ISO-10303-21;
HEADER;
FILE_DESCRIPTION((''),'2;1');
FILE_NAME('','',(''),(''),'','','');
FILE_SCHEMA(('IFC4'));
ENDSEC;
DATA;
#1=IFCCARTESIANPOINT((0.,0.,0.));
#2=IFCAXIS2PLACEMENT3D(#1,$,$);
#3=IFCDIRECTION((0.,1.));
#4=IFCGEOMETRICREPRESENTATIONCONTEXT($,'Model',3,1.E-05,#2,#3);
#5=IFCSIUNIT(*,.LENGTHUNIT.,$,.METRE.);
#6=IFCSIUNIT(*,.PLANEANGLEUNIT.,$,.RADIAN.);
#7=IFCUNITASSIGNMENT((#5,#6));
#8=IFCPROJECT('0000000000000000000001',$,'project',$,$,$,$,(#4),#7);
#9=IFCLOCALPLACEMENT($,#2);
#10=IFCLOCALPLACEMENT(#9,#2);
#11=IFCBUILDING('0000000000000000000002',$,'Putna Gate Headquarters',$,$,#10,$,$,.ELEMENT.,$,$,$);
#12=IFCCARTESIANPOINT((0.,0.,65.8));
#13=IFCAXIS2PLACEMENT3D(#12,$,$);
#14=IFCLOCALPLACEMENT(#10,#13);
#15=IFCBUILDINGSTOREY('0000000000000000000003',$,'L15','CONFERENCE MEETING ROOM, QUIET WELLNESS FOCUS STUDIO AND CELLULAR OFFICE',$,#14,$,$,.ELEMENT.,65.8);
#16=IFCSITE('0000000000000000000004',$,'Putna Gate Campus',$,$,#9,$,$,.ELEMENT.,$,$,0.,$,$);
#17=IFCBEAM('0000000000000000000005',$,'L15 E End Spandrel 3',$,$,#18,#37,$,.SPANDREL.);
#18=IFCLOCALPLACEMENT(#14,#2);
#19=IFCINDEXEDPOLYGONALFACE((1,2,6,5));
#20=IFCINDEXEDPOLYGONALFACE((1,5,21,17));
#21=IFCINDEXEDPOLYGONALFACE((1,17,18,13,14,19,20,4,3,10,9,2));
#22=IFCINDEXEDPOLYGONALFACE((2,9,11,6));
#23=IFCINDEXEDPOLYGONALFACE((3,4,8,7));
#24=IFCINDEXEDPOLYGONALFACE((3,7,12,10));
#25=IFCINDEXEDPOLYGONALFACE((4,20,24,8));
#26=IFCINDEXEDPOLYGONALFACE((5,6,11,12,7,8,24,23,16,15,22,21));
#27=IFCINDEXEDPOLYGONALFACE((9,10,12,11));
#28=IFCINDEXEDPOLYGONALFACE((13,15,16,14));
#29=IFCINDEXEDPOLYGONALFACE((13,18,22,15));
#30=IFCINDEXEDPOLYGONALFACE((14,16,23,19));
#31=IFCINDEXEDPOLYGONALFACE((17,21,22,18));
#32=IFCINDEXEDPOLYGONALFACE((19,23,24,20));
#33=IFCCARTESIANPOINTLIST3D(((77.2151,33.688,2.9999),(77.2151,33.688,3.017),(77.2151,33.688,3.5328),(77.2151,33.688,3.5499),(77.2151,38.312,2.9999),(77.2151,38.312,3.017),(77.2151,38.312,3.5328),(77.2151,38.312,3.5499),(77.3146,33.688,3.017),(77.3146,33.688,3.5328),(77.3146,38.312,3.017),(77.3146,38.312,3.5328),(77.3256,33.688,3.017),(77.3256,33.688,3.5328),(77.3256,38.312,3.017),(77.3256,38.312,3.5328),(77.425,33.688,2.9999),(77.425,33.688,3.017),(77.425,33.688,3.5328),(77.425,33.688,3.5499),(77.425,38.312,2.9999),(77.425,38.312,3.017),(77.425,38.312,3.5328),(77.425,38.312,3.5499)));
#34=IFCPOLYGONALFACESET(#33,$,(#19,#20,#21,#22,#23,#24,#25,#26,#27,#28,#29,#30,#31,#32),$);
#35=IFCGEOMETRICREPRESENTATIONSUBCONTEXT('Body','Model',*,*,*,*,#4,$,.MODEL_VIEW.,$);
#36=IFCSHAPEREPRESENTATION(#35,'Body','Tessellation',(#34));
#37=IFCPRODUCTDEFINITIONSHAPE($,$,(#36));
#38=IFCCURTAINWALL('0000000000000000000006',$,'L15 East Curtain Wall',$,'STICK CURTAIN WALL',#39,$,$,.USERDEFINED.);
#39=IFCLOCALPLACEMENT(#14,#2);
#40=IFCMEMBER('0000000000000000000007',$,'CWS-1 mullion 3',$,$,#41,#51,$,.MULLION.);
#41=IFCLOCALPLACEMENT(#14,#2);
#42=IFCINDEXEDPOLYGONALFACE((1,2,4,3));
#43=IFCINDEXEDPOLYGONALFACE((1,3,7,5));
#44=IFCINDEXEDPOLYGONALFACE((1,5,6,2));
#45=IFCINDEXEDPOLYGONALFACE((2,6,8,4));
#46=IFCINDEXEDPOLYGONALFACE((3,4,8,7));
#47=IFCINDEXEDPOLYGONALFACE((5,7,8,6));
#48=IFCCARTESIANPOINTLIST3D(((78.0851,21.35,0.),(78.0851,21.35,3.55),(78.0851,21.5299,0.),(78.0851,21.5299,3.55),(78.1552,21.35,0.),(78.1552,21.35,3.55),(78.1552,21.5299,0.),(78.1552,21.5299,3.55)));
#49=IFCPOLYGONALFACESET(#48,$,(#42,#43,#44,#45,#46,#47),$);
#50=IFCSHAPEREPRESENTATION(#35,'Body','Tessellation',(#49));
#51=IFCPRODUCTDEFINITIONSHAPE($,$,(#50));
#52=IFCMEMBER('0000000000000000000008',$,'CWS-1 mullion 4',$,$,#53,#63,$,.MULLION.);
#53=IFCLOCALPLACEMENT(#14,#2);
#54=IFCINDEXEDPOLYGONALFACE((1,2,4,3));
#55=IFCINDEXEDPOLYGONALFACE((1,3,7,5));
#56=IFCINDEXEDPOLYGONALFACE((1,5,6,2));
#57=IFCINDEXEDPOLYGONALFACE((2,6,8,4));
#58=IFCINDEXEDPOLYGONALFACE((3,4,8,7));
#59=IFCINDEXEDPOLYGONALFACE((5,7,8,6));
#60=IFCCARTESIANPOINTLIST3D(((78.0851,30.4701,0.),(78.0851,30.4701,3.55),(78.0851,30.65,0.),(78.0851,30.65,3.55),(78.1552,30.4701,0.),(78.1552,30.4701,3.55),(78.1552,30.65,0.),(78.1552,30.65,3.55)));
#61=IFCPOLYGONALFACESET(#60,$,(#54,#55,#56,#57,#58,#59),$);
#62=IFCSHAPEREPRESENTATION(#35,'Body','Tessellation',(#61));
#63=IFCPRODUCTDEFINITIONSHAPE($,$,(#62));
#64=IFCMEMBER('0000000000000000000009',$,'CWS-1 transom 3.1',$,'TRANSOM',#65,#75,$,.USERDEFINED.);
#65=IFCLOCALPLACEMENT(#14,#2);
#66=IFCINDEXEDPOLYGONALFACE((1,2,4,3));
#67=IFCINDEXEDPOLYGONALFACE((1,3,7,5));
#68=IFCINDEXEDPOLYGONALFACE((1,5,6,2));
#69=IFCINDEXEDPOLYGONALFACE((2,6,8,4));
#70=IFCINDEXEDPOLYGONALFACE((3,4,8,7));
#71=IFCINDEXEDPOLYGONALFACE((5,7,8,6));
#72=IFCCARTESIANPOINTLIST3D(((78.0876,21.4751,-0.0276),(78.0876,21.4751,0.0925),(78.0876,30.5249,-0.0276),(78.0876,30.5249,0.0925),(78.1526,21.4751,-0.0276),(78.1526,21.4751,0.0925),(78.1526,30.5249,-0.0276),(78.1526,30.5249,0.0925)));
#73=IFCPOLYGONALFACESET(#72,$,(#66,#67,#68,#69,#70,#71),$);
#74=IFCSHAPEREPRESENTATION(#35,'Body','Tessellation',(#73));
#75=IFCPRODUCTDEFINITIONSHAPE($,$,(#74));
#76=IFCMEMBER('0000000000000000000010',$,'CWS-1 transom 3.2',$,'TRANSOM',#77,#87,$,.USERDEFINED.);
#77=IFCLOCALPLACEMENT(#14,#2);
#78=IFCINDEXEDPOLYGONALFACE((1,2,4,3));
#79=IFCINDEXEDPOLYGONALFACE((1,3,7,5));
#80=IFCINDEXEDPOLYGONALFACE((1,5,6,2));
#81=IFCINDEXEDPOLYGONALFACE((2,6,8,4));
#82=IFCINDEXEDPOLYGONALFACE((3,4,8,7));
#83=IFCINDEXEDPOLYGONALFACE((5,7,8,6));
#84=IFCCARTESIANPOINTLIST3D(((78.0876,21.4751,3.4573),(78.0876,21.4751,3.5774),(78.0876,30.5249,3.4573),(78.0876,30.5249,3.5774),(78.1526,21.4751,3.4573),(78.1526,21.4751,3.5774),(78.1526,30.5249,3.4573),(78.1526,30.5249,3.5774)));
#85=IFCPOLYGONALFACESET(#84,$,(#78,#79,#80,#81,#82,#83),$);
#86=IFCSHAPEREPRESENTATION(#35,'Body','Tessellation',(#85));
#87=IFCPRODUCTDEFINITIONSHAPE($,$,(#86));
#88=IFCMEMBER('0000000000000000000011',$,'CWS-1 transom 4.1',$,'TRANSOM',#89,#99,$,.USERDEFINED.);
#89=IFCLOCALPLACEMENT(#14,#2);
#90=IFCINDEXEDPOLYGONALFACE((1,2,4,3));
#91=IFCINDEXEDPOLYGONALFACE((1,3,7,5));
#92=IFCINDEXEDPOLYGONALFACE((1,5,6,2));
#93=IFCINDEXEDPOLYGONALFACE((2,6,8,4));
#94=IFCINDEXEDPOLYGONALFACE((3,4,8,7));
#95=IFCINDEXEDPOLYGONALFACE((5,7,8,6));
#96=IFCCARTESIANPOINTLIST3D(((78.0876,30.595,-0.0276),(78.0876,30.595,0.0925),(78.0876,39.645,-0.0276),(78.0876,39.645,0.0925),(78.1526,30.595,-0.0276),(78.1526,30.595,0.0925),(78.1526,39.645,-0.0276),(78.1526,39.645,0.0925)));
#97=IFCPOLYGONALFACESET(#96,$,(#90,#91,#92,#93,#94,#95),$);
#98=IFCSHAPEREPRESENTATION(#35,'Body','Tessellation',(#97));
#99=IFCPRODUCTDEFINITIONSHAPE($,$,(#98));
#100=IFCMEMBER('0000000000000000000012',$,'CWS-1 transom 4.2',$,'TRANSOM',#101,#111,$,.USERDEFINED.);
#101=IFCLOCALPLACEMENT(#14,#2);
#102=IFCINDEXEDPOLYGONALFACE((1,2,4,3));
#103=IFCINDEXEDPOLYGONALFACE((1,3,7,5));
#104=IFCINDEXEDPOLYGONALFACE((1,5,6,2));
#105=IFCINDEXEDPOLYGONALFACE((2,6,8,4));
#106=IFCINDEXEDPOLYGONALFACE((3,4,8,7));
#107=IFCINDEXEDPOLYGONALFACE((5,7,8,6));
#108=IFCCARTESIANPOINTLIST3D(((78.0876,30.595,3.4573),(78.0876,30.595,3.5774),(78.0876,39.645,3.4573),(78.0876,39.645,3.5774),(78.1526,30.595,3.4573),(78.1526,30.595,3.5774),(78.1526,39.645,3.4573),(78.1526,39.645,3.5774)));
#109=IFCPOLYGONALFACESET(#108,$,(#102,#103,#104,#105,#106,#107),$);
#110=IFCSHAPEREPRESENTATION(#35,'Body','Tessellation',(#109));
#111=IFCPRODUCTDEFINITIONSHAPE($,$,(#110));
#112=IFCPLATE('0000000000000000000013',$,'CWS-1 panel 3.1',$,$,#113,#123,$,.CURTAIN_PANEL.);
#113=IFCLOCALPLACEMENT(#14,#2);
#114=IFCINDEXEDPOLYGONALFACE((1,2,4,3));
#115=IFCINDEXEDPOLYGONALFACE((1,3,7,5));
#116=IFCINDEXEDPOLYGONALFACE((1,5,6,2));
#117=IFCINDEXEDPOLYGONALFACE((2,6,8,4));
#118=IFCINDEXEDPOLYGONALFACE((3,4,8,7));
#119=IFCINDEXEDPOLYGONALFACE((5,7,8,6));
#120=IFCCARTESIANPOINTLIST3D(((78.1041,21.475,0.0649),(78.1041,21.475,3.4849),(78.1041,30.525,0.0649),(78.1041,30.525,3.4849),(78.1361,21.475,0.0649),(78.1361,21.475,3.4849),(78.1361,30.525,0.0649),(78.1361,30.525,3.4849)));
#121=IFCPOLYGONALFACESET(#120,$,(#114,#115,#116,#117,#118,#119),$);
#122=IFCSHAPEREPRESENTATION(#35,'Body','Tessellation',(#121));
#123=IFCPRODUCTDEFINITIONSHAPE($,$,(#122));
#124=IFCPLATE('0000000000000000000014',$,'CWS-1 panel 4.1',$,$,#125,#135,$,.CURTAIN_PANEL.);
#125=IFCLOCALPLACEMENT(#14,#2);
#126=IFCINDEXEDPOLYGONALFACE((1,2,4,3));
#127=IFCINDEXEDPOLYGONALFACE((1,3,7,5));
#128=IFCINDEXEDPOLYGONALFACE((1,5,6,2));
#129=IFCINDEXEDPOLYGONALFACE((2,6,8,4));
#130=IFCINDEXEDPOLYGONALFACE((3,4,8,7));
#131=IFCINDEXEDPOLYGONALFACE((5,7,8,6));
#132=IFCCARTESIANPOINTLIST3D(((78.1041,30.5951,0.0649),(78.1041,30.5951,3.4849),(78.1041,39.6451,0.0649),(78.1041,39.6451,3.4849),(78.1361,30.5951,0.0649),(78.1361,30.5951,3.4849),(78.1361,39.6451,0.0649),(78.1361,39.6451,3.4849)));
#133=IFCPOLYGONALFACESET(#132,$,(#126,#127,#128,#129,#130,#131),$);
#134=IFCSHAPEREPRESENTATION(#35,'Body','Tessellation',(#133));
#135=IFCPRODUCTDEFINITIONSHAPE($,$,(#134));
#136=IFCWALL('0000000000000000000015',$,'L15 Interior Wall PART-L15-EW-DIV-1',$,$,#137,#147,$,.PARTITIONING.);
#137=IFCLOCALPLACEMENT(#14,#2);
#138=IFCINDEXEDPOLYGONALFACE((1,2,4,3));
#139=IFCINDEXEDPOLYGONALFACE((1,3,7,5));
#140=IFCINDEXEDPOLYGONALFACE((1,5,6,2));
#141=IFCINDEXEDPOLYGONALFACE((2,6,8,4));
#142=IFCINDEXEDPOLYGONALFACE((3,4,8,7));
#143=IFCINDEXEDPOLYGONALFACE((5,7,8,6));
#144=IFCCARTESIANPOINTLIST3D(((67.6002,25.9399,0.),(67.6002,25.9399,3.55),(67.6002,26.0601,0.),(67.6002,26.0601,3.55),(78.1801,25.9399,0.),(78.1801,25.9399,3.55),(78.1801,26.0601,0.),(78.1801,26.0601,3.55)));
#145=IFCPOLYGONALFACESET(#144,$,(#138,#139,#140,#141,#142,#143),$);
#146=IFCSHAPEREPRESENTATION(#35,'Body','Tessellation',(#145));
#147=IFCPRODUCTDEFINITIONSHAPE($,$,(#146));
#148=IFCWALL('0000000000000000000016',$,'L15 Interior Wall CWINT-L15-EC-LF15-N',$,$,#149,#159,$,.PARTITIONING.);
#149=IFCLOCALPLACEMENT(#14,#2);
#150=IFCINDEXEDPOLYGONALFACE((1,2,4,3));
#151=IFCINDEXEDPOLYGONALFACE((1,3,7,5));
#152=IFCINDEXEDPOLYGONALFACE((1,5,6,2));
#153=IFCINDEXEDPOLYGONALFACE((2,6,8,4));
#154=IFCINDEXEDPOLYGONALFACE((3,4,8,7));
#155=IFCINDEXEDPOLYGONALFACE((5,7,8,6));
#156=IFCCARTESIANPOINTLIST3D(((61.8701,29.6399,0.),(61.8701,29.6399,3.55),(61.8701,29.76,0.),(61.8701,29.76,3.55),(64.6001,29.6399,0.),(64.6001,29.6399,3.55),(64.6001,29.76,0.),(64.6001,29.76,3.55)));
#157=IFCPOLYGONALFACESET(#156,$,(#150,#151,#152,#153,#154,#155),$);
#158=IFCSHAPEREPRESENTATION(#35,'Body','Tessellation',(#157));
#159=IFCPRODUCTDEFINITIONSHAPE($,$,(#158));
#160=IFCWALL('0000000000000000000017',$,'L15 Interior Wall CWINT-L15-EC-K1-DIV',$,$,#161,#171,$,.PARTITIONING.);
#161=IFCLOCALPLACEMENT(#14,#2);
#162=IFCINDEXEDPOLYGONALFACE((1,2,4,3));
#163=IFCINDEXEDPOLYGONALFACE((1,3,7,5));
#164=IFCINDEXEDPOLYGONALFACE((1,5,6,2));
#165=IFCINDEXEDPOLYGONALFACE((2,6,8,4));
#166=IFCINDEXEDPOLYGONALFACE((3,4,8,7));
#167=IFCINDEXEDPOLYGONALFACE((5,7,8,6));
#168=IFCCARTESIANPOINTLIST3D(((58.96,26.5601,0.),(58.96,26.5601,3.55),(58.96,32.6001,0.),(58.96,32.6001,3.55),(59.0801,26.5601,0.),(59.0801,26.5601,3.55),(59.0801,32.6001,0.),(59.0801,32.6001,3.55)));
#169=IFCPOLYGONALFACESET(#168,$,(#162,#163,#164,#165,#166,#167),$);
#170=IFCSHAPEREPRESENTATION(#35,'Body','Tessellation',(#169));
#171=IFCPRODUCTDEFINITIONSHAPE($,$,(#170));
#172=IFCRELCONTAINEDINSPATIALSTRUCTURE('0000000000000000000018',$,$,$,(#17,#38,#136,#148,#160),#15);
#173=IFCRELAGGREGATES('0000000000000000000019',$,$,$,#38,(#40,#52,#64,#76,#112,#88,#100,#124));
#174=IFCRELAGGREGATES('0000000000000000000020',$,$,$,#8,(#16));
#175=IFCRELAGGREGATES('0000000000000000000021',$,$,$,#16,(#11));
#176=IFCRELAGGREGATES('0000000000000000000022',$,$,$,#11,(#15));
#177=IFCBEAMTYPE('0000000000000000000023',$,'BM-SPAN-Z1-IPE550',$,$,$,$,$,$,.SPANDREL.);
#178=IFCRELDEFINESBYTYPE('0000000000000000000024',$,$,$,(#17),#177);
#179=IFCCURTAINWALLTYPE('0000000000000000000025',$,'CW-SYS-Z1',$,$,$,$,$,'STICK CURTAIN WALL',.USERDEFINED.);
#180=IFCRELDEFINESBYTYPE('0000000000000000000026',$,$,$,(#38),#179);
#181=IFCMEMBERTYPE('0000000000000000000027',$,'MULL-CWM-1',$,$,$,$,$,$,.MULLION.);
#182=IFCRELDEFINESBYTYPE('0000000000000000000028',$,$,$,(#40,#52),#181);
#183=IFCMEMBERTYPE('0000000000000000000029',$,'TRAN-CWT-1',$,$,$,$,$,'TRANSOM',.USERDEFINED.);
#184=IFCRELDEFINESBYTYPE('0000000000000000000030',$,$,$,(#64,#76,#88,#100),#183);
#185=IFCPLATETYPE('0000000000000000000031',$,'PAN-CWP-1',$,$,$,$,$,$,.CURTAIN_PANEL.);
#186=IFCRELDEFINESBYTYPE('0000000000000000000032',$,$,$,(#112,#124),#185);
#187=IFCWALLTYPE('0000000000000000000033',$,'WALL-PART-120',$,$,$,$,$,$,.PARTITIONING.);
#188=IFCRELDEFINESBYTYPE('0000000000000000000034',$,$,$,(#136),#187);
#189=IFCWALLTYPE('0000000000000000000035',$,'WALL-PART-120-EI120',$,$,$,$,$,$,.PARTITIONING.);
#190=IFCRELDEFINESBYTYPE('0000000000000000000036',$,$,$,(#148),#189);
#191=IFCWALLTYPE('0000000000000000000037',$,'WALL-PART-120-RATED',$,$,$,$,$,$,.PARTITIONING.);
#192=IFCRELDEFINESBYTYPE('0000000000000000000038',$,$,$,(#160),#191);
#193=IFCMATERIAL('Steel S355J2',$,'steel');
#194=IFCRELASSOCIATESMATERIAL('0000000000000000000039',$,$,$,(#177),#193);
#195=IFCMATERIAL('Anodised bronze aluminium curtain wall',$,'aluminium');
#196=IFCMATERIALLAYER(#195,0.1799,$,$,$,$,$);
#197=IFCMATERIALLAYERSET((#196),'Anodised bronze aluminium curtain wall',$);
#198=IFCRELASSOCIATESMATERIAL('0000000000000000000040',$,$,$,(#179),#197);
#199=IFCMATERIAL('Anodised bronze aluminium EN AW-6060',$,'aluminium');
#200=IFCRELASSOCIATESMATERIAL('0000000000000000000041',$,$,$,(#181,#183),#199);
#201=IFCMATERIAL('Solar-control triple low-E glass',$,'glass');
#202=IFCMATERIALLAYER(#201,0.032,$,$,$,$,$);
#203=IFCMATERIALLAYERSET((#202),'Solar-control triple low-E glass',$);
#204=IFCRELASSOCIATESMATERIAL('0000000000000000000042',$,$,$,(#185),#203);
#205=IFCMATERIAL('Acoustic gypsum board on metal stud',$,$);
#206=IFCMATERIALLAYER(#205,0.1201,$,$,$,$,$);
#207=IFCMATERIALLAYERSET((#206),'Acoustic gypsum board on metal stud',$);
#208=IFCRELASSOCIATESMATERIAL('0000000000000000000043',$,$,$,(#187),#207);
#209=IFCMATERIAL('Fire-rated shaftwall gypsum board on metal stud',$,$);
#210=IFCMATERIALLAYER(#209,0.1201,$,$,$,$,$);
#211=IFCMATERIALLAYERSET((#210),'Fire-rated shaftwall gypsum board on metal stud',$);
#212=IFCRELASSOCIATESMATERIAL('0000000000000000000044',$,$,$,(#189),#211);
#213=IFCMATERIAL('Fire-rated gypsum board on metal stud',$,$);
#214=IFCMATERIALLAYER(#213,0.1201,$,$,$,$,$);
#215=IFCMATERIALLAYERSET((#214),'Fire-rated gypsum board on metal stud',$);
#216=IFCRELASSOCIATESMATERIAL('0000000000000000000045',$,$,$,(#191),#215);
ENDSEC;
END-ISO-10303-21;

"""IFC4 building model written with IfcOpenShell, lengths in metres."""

from ifc_helpers import new_model, si_unit, direction, frame, frame_2d, origin, origin_2d, place, context, subcontext, project, spatial, rectangle, i_section, extrude, material, layer, layer_set, material_profile, profile_set, type_object, element, aggregate, save


model = new_model("IFC4")

# Units and contexts
model_context = context("Model", 3, precision=1e-05, world=origin(), true_north=direction((0.0, 1.0)))
body_context = subcontext(model_context, "Body", "Model", "MODEL_VIEW")
ifc_project = project(units=[si_unit("LENGTHUNIT", "METRE"), si_unit("PLANEANGLEUNIT", "RADIAN")], contexts=[model_context])

# Site, building, storey
site_placement = place(None, origin())
site = spatial("IfcSite", under=ifc_project, at=site_placement, Name="Putna Gate Campus", CompositionType="ELEMENT", RefElevation=0.0)
building_placement = place(site_placement, origin())
building = spatial("IfcBuilding", under=site, at=building_placement, Name="Putna Gate Headquarters", CompositionType="ELEMENT")
storey_placement = place(building_placement, frame((0.0, 0.0, 65.8)))
storey = spatial("IfcBuildingStorey", under=building, at=storey_placement, Name="L15", Description="CONFERENCE MEETING ROOM, QUIET WELLNESS FOCUS STUDIO AND CELLULAR OFFICE", CompositionType="ELEMENT", Elevation=65.8)

# Beam
ifc_material_1 = material(Name="Steel S355J2", Category="steel")
ifc_material_profile_1 = material_profile(ifc_material_1, i_section(OverallWidth=0.21, OverallDepth=0.55, WebThickness=0.011, FlangeThickness=0.0171, at=origin_2d()), Name="Steel S355J2")
ifc_profile_set_1 = profile_set([ifc_material_profile_1], Name="Steel S355J2")
beam_type_1 = type_object("IfcBeamType", Name="BM-SPAN-Z1-IPE550", PredefinedType="SPANDREL", material=ifc_profile_set_1)
beam_1_placement = place(storey_placement, frame((77.3201, 33.688, 3.2749), z_axis=(0.0, 1.0, 0.0), x_axis=(-1.0, 0.0, 0.0)))
element("IfcBeam", 1, at=beam_1_placement, inside=storey, type_object=beam_type_1, Name="L15 E End Spandrel 3", PredefinedType="SPANDREL", context=body_context, shape_type="SweptSolid", body=[
    extrude(i_section(OverallWidth=0.21, OverallDepth=0.55, WebThickness=0.011, FlangeThickness=0.0171, at=origin_2d()), origin(), (0.0, 0.0, 1.0), 4.624),
])

# Curtain wall, members, plates
ifc_material_2 = material(Name="Anodised bronze aluminium curtain wall", Category="aluminium")
ifc_layer_1 = layer(ifc_material_2, 0.1799)
ifc_layer_set_1 = layer_set([ifc_layer_1], Name="Anodised bronze aluminium curtain wall")
curtain_wall_type = type_object("IfcCurtainWallType", Name="CW-SYS-Z1", ElementType="STICK CURTAIN WALL", PredefinedType="USERDEFINED", material=ifc_layer_set_1)
curtain_wall_placement = place(storey_placement, origin())
curtain_wall = element("IfcCurtainWall", 2, at=curtain_wall_placement, inside=storey, type_object=curtain_wall_type, Name="L15 East Curtain Wall", ObjectType="STICK CURTAIN WALL", PredefinedType="USERDEFINED")
ifc_material_3 = material(Name="Anodised bronze aluminium EN AW-6060", Category="aluminium")
ifc_material_profile_2 = material_profile(ifc_material_3, rectangle(XDim=0.0701, YDim=0.1799, at=origin_2d()), Name="Anodised bronze aluminium EN AW-6060")
ifc_profile_set_2 = profile_set([ifc_material_profile_2], Name="Anodised bronze aluminium EN AW-6060")
member_type_1 = type_object("IfcMemberType", Name="MULL-CWM-1", PredefinedType="MULLION", material=ifc_profile_set_2)
member_1_placement = place(storey_placement, frame((78.1201, 21.4399, 0.0), z_axis=(0.0, 0.0, 1.0), x_axis=(-1.0, 0.0, 0.0)))
member_1 = element("IfcMember", 3, at=member_1_placement, type_object=member_type_1, Name="CWS-1 mullion 3", PredefinedType="MULLION", context=body_context, shape_type="SweptSolid", body=[
    extrude(rectangle(XDim=0.0701, YDim=0.1799, at=origin_2d()), origin(), (0.0, 0.0, 1.0), 3.55),
])
member_2_placement = place(storey_placement, frame((78.1201, 30.5601, 0.0), z_axis=(0.0, 0.0, 1.0), x_axis=(-1.0, 0.0, 0.0)))
member_2 = element("IfcMember", 4, at=member_2_placement, type_object=member_type_1, Name="CWS-1 mullion 4", PredefinedType="MULLION", context=body_context, shape_type="SweptSolid", body=[
    extrude(rectangle(XDim=0.0701, YDim=0.1799, at=origin_2d()), origin(), (0.0, 0.0, 1.0), 3.55),
])
ifc_material_profile_3 = material_profile(ifc_material_3, rectangle(XDim=0.0649, YDim=0.1201, at=origin_2d()), Name="Anodised bronze aluminium EN AW-6060")
ifc_profile_set_3 = profile_set([ifc_material_profile_3], Name="Anodised bronze aluminium EN AW-6060")
member_type_2 = type_object("IfcMemberType", Name="TRAN-CWT-1", ElementType="TRANSOM", PredefinedType="USERDEFINED", material=ifc_profile_set_3)
member_3_placement = place(storey_placement, frame((78.1201, 21.4751, 0.0325), z_axis=(0.0, 1.0, 0.0), x_axis=(-1.0, 0.0, 0.0)))
member_3 = element("IfcMember", 5, at=member_3_placement, type_object=member_type_2, Name="CWS-1 transom 3.1", ObjectType="TRANSOM", PredefinedType="USERDEFINED", context=body_context, shape_type="SweptSolid", body=[
    extrude(rectangle(XDim=0.0649, YDim=0.1201, at=origin_2d()), origin(), (0.0, 0.0, 1.0), 9.0498),
])
member_4_placement = place(storey_placement, frame((78.1201, 21.4751, 3.5173), z_axis=(0.0, 1.0, 0.0), x_axis=(-1.0, 0.0, 0.0)))
member_4 = element("IfcMember", 6, at=member_4_placement, type_object=member_type_2, Name="CWS-1 transom 3.2", ObjectType="TRANSOM", PredefinedType="USERDEFINED", context=body_context, shape_type="SweptSolid", body=[
    extrude(rectangle(XDim=0.0649, YDim=0.1201, at=origin_2d()), origin(), (0.0, 0.0, 1.0), 9.0498),
])
member_5_placement = place(storey_placement, frame((78.1201, 30.595, 0.0325), z_axis=(0.0, 1.0, 0.0), x_axis=(-1.0, 0.0, 0.0)))
member_5 = element("IfcMember", 7, at=member_5_placement, type_object=member_type_2, Name="CWS-1 transom 4.1", ObjectType="TRANSOM", PredefinedType="USERDEFINED", context=body_context, shape_type="SweptSolid", body=[
    extrude(rectangle(XDim=0.0649, YDim=0.1201, at=origin_2d()), origin(), (0.0, 0.0, 1.0), 9.05),
])
member_6_placement = place(storey_placement, frame((78.1201, 30.595, 3.5173), z_axis=(0.0, 1.0, 0.0), x_axis=(-1.0, 0.0, 0.0)))
member_6 = element("IfcMember", 8, at=member_6_placement, type_object=member_type_2, Name="CWS-1 transom 4.2", ObjectType="TRANSOM", PredefinedType="USERDEFINED", context=body_context, shape_type="SweptSolid", body=[
    extrude(rectangle(XDim=0.0649, YDim=0.1201, at=origin_2d()), origin(), (0.0, 0.0, 1.0), 9.05),
])
ifc_material_4 = material(Name="Solar-control triple low-E glass", Category="glass")
ifc_layer_2 = layer(ifc_material_4, 0.032)
ifc_layer_set_2 = layer_set([ifc_layer_2], Name="Solar-control triple low-E glass")
plate_type = type_object("IfcPlateType", Name="PAN-CWP-1", PredefinedType="CURTAIN_PANEL", material=ifc_layer_set_2)
plate_1_placement = place(storey_placement, frame((78.1201, 26.0, 0.0649), z_axis=(0.0, 0.0, 1.0), x_axis=(0.0, 1.0, 0.0)))
plate_1 = element("IfcPlate", 9, at=plate_1_placement, type_object=plate_type, Name="CWS-1 panel 3.1", PredefinedType="CURTAIN_PANEL", context=body_context, shape_type="SweptSolid", body=[
    extrude(rectangle(XDim=9.05, YDim=0.032, at=origin_2d()), origin(), (0.0, 0.0, 1.0), 3.4199),
])
plate_2_placement = place(storey_placement, frame((78.1201, 35.1201, 0.0649), z_axis=(0.0, 0.0, 1.0), x_axis=(0.0, 1.0, 0.0)))
plate_2 = element("IfcPlate", 10, at=plate_2_placement, type_object=plate_type, Name="CWS-1 panel 4.1", PredefinedType="CURTAIN_PANEL", context=body_context, shape_type="SweptSolid", body=[
    extrude(rectangle(XDim=9.05, YDim=0.032, at=origin_2d()), origin(), (0.0, 0.0, 1.0), 3.4199),
])
aggregate(curtain_wall, [member_1, member_2, member_3, member_4, plate_1, member_5, member_6, plate_2])

# Walls
ifc_material_5 = material(Name="Acoustic gypsum board on metal stud")
ifc_layer_3 = layer(ifc_material_5, 0.1201)
ifc_layer_set_3 = layer_set([ifc_layer_3], Name="Acoustic gypsum board on metal stud")
wall_type_1 = type_object("IfcWallType", Name="WALL-PART-120", PredefinedType="PARTITIONING", material=ifc_layer_set_3)
wall_1_placement = place(storey_placement, frame((67.6001, 26.0, 0.0), z_axis=(0.0, 0.0, 1.0), x_axis=(1.0, 0.0, 0.0)))
element("IfcWall", 11, at=wall_1_placement, inside=storey, type_object=wall_type_1, Name="L15 Interior Wall PART-L15-EW-DIV-1", PredefinedType="PARTITIONING", context=body_context, shape_type="SweptSolid", body=[
    extrude(rectangle(XDim=10.5798, YDim=0.1201, at=frame_2d((5.29, 0.0))), origin(), (0.0, 0.0, 1.0), 3.55),
])
ifc_material_6 = material(Name="Fire-rated shaftwall gypsum board on metal stud")
ifc_layer_4 = layer(ifc_material_6, 0.1201)
ifc_layer_set_4 = layer_set([ifc_layer_4], Name="Fire-rated shaftwall gypsum board on metal stud")
wall_type_2 = type_object("IfcWallType", Name="WALL-PART-120-EI120", PredefinedType="PARTITIONING", material=ifc_layer_set_4)
wall_2_placement = place(storey_placement, frame((61.8701, 29.7, 0.0), z_axis=(0.0, 0.0, 1.0), x_axis=(1.0, 0.0, 0.0)))
element("IfcWall", 12, at=wall_2_placement, inside=storey, type_object=wall_type_2, Name="L15 Interior Wall CWINT-L15-EC-LF15-N", PredefinedType="PARTITIONING", context=body_context, shape_type="SweptSolid", body=[
    extrude(rectangle(XDim=2.73, YDim=0.1201, at=frame_2d((1.365, 0.0))), origin(), (0.0, 0.0, 1.0), 3.55),
])
ifc_material_7 = material(Name="Fire-rated gypsum board on metal stud")
ifc_layer_5 = layer(ifc_material_7, 0.1201)
ifc_layer_set_5 = layer_set([ifc_layer_5], Name="Fire-rated gypsum board on metal stud")
wall_type_3 = type_object("IfcWallType", Name="WALL-PART-120-RATED", PredefinedType="PARTITIONING", material=ifc_layer_set_5)
wall_3_placement = place(storey_placement, frame((59.02, 26.5601, 0.0), z_axis=(0.0, 0.0, 1.0), x_axis=(0.0, 1.0, 0.0)))
element("IfcWall", 13, at=wall_3_placement, inside=storey, type_object=wall_type_3, Name="L15 Interior Wall CWINT-L15-EC-K1-DIV", PredefinedType="PARTITIONING", context=body_context, shape_type="SweptSolid", body=[
    extrude(rectangle(XDim=6.04, YDim=0.1201, at=frame_2d((3.02, 0.0))), origin(), (0.0, 0.0, 1.0), 3.55),
])

save(model, "model.ifc")
